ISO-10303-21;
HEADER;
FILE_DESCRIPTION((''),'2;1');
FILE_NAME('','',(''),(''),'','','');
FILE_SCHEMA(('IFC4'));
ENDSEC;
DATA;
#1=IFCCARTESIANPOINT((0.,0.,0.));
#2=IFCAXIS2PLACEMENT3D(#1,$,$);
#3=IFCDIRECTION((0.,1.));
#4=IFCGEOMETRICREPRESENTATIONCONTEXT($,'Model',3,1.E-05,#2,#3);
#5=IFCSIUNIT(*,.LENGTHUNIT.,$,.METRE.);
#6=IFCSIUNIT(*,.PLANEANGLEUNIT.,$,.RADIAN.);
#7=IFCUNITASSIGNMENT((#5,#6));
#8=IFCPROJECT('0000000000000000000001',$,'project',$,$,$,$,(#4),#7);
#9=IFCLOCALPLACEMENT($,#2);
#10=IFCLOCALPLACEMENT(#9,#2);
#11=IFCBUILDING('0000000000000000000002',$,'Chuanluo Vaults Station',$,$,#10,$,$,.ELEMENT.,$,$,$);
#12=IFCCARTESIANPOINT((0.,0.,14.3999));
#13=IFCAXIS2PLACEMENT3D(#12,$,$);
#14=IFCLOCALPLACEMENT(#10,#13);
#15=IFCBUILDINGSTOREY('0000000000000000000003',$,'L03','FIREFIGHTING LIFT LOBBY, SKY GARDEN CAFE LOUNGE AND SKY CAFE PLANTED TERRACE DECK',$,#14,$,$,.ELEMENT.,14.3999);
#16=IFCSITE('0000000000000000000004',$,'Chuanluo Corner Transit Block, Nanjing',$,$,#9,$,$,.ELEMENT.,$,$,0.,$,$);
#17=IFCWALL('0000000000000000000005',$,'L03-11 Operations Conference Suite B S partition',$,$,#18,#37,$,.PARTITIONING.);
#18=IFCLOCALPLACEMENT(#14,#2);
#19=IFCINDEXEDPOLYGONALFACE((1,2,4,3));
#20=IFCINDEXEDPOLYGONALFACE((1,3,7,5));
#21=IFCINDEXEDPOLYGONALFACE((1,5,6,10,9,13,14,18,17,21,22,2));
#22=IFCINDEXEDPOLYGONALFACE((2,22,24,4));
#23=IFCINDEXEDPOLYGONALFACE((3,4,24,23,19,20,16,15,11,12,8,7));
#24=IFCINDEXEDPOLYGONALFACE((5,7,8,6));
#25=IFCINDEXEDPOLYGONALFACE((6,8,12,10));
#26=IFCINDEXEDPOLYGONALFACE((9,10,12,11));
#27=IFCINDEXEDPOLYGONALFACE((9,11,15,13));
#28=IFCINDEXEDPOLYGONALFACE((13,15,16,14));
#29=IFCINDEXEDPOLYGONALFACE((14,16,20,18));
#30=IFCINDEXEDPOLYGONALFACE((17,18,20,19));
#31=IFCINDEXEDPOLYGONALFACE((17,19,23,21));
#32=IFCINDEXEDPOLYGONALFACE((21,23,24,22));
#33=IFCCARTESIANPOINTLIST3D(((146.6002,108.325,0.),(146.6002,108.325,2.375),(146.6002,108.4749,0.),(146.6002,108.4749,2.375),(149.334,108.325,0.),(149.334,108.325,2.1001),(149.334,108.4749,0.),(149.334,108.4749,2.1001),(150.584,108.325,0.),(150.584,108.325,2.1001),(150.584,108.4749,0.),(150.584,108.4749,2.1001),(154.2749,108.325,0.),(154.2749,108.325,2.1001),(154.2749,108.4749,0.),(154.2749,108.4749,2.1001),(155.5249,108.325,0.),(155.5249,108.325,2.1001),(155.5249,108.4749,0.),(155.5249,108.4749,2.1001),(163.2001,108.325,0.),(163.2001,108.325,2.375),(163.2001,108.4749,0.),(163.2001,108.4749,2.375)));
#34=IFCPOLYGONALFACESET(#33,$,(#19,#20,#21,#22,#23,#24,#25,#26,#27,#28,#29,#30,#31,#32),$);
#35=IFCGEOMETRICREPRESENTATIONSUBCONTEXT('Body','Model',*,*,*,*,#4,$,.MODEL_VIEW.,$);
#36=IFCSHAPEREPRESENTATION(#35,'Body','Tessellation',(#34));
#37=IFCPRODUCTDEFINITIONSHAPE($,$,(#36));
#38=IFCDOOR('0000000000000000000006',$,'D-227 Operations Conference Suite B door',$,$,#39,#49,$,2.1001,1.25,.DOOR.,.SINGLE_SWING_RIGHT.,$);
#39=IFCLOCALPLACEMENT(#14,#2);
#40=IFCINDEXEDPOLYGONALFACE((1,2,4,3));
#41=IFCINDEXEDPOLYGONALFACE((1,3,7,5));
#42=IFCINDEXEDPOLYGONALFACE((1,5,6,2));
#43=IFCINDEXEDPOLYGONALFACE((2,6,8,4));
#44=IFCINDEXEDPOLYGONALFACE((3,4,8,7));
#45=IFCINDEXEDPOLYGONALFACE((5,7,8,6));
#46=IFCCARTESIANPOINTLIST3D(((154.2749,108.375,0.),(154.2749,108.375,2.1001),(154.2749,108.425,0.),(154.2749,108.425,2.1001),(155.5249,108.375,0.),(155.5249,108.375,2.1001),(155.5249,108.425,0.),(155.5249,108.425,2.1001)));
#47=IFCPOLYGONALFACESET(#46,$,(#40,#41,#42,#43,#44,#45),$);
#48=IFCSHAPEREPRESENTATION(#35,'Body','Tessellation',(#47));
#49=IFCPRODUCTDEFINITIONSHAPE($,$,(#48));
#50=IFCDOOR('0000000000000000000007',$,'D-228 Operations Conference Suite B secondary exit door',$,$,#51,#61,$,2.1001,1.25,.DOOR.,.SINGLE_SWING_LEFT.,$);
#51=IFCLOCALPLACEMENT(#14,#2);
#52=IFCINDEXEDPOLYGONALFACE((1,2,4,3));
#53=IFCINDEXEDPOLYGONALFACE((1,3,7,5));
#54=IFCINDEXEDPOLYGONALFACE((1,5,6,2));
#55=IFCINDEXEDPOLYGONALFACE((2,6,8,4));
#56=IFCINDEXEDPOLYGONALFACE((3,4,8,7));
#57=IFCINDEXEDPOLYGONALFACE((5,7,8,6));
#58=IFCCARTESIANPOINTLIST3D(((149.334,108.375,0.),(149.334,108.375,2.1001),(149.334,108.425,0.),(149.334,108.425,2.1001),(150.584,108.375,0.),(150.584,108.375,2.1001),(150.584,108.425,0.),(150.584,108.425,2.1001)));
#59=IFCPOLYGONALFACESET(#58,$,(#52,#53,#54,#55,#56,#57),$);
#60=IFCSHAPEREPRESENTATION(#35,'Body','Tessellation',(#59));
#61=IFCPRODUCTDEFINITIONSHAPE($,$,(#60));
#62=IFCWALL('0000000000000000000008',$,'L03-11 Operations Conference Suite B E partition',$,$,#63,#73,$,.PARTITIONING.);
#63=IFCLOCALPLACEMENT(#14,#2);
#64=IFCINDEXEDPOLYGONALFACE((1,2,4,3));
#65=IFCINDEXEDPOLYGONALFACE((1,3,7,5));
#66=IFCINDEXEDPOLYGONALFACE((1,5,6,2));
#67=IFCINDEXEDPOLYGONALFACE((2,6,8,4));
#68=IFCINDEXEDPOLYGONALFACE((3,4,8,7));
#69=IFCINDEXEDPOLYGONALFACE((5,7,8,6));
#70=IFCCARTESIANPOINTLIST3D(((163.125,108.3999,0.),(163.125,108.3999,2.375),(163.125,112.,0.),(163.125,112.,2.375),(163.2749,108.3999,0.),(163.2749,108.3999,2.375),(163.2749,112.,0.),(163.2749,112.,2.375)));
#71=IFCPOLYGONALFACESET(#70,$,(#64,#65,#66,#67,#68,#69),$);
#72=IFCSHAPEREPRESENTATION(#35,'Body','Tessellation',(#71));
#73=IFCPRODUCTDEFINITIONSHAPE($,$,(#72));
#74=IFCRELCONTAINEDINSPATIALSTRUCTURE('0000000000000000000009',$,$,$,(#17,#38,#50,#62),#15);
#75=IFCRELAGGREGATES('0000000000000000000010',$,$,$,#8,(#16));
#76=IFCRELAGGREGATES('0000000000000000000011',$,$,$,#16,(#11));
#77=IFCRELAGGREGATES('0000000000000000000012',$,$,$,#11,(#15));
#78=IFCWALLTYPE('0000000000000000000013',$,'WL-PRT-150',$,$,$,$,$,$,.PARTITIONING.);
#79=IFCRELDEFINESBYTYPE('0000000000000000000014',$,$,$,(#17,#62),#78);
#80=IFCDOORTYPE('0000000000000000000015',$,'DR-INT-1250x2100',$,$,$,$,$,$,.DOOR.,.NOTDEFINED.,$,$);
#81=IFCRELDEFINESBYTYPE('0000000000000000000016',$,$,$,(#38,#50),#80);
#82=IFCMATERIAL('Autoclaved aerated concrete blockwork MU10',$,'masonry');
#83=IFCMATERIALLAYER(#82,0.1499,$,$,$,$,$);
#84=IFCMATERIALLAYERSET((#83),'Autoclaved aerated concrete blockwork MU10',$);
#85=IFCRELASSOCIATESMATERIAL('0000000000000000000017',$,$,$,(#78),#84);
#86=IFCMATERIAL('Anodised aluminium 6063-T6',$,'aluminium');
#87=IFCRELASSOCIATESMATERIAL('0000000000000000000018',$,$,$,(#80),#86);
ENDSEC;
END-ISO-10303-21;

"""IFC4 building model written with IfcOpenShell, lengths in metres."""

from ifc_helpers import new_model, si_unit, direction, frame, frame_2d, origin, place, context, subcontext, project, spatial, rectangle, extrude, material, layer, layer_set, type_object, element, fill, save


model = new_model("IFC4")

# Units and contexts
model_context = context("Model", 3, precision=1e-05, world=origin(), true_north=direction((0.0, 1.0)))
body_context = subcontext(model_context, "Body", "Model", "MODEL_VIEW")
ifc_project = project(units=[si_unit("LENGTHUNIT", "METRE"), si_unit("PLANEANGLEUNIT", "RADIAN")], contexts=[model_context])

# Site, building, storey
site_placement = place(None, origin())
site = spatial("IfcSite", under=ifc_project, at=site_placement, Name="Chuanluo Corner Transit Block, Nanjing", CompositionType="ELEMENT", RefElevation=0.0)
building_placement = place(site_placement, origin())
building = spatial("IfcBuilding", under=site, at=building_placement, Name="Chuanluo Vaults Station", CompositionType="ELEMENT")
storey_placement = place(building_placement, frame((0.0, 0.0, 14.3999)))
storey = spatial("IfcBuildingStorey", under=building, at=storey_placement, Name="L03", Description="FIREFIGHTING LIFT LOBBY, SKY GARDEN CAFE LOUNGE AND SKY CAFE PLANTED TERRACE DECK", CompositionType="ELEMENT", Elevation=14.3999)

# Wall, openings, doors
ifc_material_1 = material(Name="Autoclaved aerated concrete blockwork MU10", Category="masonry")
ifc_layer_1 = layer(ifc_material_1, 0.1499)
ifc_layer_set_1 = layer_set([ifc_layer_1], Name="Autoclaved aerated concrete blockwork MU10")
wall_type_1 = type_object("IfcWallType", Name="WL-PRT-150", PredefinedType="PARTITIONING", material=ifc_layer_set_1)
wall_1_placement = place(storey_placement, frame((163.2, 108.3999, 0.0), z_axis=(0.0, 0.0, 1.0), x_axis=(-1.0, 0.0, 0.0)))
wall_1 = element("IfcWall", 1, at=wall_1_placement, inside=storey, type_object=wall_type_1, Name="L03-11 Operations Conference Suite B S partition", PredefinedType="PARTITIONING", context=body_context, shape_type="SweptSolid", body=[
    extrude(rectangle(XDim=16.5999, YDim=0.1499, at=frame_2d((8.2998, 0.0))), origin(), (0.0, 0.0, 1.0), 2.375),
])
opening_1_placement = place(wall_1_placement, frame((7.675, 0.0, 0.0)))
opening_1 = element("IfcOpeningElement", 2, at=opening_1_placement, cuts=wall_1, PredefinedType="OPENING", context=body_context, shape_type="SweptSolid", body=[
    extrude(rectangle(XDim=1.25, YDim=2.1001, at=frame_2d((0.625, 1.05))), frame((0.0, 0.0849, 0.0), z_axis=(0.0, -1.0, 0.0), x_axis=(1.0, 0.0, 0.0)), (0.0, 0.0, 1.0), 0.1699),
])
opening_2_placement = place(wall_1_placement, frame((12.616, 0.0, 0.0)))
opening_2 = element("IfcOpeningElement", 3, at=opening_2_placement, cuts=wall_1, PredefinedType="OPENING", context=body_context, shape_type="SweptSolid", body=[
    extrude(rectangle(XDim=1.25, YDim=2.1001, at=frame_2d((0.625, 1.05))), frame((0.0, 0.0849, 0.0), z_axis=(0.0, -1.0, 0.0), x_axis=(1.0, 0.0, 0.0)), (0.0, 0.0, 1.0), 0.1699),
])
ifc_material_2 = material(Name="Anodised aluminium 6063-T6", Category="aluminium")
door_type_1 = type_object("IfcDoorType", Name="DR-INT-1250x2100", OperationType="NOTDEFINED", PredefinedType="DOOR", material=ifc_material_2)
door_1_placement = place(opening_1_placement, origin())
door_1 = element("IfcDoor", 4, at=door_1_placement, inside=storey, type_object=door_type_1, Name="D-227 Operations Conference Suite B door", OperationType="SINGLE_SWING_RIGHT", OverallHeight=2.1001, OverallWidth=1.25, PredefinedType="DOOR", context=body_context, shape_type="SweptSolid", body=[
    extrude(rectangle(XDim=1.25, YDim=2.1001, at=frame_2d((0.625, 1.05))), frame((0.0, 0.0249, 0.0), z_axis=(0.0, -1.0, 0.0), x_axis=(1.0, 0.0, 0.0)), (0.0, 0.0, 1.0), 0.05),
])
fill(opening_1, door_1)
door_2_placement = place(opening_2_placement, origin())
door_2 = element("IfcDoor", 5, at=door_2_placement, inside=storey, type_object=door_type_1, Name="D-228 Operations Conference Suite B secondary exit door", OperationType="SINGLE_SWING_LEFT", OverallHeight=2.1001, OverallWidth=1.25, PredefinedType="DOOR", context=body_context, shape_type="SweptSolid", body=[
    extrude(rectangle(XDim=1.25, YDim=2.1001, at=frame_2d((0.625, 1.05))), frame((0.0, 0.0249, 0.0), z_axis=(0.0, -1.0, 0.0), x_axis=(1.0, 0.0, 0.0)), (0.0, 0.0, 1.0), 0.05),
])
fill(opening_2, door_2)

# Wall
wall_2_placement = place(storey_placement, frame((163.2, 112.0, 0.0), z_axis=(0.0, 0.0, 1.0), x_axis=(0.0, -1.0, 0.0)))
element("IfcWall", 6, at=wall_2_placement, inside=storey, type_object=wall_type_1, Name="L03-11 Operations Conference Suite B E partition", PredefinedType="PARTITIONING", context=body_context, shape_type="SweptSolid", body=[
    extrude(rectangle(XDim=3.6001, YDim=0.1499, at=frame_2d((1.8, 0.0))), origin(), (0.0, 0.0, 1.0), 2.375),
])

save(model, "model.ifc")
